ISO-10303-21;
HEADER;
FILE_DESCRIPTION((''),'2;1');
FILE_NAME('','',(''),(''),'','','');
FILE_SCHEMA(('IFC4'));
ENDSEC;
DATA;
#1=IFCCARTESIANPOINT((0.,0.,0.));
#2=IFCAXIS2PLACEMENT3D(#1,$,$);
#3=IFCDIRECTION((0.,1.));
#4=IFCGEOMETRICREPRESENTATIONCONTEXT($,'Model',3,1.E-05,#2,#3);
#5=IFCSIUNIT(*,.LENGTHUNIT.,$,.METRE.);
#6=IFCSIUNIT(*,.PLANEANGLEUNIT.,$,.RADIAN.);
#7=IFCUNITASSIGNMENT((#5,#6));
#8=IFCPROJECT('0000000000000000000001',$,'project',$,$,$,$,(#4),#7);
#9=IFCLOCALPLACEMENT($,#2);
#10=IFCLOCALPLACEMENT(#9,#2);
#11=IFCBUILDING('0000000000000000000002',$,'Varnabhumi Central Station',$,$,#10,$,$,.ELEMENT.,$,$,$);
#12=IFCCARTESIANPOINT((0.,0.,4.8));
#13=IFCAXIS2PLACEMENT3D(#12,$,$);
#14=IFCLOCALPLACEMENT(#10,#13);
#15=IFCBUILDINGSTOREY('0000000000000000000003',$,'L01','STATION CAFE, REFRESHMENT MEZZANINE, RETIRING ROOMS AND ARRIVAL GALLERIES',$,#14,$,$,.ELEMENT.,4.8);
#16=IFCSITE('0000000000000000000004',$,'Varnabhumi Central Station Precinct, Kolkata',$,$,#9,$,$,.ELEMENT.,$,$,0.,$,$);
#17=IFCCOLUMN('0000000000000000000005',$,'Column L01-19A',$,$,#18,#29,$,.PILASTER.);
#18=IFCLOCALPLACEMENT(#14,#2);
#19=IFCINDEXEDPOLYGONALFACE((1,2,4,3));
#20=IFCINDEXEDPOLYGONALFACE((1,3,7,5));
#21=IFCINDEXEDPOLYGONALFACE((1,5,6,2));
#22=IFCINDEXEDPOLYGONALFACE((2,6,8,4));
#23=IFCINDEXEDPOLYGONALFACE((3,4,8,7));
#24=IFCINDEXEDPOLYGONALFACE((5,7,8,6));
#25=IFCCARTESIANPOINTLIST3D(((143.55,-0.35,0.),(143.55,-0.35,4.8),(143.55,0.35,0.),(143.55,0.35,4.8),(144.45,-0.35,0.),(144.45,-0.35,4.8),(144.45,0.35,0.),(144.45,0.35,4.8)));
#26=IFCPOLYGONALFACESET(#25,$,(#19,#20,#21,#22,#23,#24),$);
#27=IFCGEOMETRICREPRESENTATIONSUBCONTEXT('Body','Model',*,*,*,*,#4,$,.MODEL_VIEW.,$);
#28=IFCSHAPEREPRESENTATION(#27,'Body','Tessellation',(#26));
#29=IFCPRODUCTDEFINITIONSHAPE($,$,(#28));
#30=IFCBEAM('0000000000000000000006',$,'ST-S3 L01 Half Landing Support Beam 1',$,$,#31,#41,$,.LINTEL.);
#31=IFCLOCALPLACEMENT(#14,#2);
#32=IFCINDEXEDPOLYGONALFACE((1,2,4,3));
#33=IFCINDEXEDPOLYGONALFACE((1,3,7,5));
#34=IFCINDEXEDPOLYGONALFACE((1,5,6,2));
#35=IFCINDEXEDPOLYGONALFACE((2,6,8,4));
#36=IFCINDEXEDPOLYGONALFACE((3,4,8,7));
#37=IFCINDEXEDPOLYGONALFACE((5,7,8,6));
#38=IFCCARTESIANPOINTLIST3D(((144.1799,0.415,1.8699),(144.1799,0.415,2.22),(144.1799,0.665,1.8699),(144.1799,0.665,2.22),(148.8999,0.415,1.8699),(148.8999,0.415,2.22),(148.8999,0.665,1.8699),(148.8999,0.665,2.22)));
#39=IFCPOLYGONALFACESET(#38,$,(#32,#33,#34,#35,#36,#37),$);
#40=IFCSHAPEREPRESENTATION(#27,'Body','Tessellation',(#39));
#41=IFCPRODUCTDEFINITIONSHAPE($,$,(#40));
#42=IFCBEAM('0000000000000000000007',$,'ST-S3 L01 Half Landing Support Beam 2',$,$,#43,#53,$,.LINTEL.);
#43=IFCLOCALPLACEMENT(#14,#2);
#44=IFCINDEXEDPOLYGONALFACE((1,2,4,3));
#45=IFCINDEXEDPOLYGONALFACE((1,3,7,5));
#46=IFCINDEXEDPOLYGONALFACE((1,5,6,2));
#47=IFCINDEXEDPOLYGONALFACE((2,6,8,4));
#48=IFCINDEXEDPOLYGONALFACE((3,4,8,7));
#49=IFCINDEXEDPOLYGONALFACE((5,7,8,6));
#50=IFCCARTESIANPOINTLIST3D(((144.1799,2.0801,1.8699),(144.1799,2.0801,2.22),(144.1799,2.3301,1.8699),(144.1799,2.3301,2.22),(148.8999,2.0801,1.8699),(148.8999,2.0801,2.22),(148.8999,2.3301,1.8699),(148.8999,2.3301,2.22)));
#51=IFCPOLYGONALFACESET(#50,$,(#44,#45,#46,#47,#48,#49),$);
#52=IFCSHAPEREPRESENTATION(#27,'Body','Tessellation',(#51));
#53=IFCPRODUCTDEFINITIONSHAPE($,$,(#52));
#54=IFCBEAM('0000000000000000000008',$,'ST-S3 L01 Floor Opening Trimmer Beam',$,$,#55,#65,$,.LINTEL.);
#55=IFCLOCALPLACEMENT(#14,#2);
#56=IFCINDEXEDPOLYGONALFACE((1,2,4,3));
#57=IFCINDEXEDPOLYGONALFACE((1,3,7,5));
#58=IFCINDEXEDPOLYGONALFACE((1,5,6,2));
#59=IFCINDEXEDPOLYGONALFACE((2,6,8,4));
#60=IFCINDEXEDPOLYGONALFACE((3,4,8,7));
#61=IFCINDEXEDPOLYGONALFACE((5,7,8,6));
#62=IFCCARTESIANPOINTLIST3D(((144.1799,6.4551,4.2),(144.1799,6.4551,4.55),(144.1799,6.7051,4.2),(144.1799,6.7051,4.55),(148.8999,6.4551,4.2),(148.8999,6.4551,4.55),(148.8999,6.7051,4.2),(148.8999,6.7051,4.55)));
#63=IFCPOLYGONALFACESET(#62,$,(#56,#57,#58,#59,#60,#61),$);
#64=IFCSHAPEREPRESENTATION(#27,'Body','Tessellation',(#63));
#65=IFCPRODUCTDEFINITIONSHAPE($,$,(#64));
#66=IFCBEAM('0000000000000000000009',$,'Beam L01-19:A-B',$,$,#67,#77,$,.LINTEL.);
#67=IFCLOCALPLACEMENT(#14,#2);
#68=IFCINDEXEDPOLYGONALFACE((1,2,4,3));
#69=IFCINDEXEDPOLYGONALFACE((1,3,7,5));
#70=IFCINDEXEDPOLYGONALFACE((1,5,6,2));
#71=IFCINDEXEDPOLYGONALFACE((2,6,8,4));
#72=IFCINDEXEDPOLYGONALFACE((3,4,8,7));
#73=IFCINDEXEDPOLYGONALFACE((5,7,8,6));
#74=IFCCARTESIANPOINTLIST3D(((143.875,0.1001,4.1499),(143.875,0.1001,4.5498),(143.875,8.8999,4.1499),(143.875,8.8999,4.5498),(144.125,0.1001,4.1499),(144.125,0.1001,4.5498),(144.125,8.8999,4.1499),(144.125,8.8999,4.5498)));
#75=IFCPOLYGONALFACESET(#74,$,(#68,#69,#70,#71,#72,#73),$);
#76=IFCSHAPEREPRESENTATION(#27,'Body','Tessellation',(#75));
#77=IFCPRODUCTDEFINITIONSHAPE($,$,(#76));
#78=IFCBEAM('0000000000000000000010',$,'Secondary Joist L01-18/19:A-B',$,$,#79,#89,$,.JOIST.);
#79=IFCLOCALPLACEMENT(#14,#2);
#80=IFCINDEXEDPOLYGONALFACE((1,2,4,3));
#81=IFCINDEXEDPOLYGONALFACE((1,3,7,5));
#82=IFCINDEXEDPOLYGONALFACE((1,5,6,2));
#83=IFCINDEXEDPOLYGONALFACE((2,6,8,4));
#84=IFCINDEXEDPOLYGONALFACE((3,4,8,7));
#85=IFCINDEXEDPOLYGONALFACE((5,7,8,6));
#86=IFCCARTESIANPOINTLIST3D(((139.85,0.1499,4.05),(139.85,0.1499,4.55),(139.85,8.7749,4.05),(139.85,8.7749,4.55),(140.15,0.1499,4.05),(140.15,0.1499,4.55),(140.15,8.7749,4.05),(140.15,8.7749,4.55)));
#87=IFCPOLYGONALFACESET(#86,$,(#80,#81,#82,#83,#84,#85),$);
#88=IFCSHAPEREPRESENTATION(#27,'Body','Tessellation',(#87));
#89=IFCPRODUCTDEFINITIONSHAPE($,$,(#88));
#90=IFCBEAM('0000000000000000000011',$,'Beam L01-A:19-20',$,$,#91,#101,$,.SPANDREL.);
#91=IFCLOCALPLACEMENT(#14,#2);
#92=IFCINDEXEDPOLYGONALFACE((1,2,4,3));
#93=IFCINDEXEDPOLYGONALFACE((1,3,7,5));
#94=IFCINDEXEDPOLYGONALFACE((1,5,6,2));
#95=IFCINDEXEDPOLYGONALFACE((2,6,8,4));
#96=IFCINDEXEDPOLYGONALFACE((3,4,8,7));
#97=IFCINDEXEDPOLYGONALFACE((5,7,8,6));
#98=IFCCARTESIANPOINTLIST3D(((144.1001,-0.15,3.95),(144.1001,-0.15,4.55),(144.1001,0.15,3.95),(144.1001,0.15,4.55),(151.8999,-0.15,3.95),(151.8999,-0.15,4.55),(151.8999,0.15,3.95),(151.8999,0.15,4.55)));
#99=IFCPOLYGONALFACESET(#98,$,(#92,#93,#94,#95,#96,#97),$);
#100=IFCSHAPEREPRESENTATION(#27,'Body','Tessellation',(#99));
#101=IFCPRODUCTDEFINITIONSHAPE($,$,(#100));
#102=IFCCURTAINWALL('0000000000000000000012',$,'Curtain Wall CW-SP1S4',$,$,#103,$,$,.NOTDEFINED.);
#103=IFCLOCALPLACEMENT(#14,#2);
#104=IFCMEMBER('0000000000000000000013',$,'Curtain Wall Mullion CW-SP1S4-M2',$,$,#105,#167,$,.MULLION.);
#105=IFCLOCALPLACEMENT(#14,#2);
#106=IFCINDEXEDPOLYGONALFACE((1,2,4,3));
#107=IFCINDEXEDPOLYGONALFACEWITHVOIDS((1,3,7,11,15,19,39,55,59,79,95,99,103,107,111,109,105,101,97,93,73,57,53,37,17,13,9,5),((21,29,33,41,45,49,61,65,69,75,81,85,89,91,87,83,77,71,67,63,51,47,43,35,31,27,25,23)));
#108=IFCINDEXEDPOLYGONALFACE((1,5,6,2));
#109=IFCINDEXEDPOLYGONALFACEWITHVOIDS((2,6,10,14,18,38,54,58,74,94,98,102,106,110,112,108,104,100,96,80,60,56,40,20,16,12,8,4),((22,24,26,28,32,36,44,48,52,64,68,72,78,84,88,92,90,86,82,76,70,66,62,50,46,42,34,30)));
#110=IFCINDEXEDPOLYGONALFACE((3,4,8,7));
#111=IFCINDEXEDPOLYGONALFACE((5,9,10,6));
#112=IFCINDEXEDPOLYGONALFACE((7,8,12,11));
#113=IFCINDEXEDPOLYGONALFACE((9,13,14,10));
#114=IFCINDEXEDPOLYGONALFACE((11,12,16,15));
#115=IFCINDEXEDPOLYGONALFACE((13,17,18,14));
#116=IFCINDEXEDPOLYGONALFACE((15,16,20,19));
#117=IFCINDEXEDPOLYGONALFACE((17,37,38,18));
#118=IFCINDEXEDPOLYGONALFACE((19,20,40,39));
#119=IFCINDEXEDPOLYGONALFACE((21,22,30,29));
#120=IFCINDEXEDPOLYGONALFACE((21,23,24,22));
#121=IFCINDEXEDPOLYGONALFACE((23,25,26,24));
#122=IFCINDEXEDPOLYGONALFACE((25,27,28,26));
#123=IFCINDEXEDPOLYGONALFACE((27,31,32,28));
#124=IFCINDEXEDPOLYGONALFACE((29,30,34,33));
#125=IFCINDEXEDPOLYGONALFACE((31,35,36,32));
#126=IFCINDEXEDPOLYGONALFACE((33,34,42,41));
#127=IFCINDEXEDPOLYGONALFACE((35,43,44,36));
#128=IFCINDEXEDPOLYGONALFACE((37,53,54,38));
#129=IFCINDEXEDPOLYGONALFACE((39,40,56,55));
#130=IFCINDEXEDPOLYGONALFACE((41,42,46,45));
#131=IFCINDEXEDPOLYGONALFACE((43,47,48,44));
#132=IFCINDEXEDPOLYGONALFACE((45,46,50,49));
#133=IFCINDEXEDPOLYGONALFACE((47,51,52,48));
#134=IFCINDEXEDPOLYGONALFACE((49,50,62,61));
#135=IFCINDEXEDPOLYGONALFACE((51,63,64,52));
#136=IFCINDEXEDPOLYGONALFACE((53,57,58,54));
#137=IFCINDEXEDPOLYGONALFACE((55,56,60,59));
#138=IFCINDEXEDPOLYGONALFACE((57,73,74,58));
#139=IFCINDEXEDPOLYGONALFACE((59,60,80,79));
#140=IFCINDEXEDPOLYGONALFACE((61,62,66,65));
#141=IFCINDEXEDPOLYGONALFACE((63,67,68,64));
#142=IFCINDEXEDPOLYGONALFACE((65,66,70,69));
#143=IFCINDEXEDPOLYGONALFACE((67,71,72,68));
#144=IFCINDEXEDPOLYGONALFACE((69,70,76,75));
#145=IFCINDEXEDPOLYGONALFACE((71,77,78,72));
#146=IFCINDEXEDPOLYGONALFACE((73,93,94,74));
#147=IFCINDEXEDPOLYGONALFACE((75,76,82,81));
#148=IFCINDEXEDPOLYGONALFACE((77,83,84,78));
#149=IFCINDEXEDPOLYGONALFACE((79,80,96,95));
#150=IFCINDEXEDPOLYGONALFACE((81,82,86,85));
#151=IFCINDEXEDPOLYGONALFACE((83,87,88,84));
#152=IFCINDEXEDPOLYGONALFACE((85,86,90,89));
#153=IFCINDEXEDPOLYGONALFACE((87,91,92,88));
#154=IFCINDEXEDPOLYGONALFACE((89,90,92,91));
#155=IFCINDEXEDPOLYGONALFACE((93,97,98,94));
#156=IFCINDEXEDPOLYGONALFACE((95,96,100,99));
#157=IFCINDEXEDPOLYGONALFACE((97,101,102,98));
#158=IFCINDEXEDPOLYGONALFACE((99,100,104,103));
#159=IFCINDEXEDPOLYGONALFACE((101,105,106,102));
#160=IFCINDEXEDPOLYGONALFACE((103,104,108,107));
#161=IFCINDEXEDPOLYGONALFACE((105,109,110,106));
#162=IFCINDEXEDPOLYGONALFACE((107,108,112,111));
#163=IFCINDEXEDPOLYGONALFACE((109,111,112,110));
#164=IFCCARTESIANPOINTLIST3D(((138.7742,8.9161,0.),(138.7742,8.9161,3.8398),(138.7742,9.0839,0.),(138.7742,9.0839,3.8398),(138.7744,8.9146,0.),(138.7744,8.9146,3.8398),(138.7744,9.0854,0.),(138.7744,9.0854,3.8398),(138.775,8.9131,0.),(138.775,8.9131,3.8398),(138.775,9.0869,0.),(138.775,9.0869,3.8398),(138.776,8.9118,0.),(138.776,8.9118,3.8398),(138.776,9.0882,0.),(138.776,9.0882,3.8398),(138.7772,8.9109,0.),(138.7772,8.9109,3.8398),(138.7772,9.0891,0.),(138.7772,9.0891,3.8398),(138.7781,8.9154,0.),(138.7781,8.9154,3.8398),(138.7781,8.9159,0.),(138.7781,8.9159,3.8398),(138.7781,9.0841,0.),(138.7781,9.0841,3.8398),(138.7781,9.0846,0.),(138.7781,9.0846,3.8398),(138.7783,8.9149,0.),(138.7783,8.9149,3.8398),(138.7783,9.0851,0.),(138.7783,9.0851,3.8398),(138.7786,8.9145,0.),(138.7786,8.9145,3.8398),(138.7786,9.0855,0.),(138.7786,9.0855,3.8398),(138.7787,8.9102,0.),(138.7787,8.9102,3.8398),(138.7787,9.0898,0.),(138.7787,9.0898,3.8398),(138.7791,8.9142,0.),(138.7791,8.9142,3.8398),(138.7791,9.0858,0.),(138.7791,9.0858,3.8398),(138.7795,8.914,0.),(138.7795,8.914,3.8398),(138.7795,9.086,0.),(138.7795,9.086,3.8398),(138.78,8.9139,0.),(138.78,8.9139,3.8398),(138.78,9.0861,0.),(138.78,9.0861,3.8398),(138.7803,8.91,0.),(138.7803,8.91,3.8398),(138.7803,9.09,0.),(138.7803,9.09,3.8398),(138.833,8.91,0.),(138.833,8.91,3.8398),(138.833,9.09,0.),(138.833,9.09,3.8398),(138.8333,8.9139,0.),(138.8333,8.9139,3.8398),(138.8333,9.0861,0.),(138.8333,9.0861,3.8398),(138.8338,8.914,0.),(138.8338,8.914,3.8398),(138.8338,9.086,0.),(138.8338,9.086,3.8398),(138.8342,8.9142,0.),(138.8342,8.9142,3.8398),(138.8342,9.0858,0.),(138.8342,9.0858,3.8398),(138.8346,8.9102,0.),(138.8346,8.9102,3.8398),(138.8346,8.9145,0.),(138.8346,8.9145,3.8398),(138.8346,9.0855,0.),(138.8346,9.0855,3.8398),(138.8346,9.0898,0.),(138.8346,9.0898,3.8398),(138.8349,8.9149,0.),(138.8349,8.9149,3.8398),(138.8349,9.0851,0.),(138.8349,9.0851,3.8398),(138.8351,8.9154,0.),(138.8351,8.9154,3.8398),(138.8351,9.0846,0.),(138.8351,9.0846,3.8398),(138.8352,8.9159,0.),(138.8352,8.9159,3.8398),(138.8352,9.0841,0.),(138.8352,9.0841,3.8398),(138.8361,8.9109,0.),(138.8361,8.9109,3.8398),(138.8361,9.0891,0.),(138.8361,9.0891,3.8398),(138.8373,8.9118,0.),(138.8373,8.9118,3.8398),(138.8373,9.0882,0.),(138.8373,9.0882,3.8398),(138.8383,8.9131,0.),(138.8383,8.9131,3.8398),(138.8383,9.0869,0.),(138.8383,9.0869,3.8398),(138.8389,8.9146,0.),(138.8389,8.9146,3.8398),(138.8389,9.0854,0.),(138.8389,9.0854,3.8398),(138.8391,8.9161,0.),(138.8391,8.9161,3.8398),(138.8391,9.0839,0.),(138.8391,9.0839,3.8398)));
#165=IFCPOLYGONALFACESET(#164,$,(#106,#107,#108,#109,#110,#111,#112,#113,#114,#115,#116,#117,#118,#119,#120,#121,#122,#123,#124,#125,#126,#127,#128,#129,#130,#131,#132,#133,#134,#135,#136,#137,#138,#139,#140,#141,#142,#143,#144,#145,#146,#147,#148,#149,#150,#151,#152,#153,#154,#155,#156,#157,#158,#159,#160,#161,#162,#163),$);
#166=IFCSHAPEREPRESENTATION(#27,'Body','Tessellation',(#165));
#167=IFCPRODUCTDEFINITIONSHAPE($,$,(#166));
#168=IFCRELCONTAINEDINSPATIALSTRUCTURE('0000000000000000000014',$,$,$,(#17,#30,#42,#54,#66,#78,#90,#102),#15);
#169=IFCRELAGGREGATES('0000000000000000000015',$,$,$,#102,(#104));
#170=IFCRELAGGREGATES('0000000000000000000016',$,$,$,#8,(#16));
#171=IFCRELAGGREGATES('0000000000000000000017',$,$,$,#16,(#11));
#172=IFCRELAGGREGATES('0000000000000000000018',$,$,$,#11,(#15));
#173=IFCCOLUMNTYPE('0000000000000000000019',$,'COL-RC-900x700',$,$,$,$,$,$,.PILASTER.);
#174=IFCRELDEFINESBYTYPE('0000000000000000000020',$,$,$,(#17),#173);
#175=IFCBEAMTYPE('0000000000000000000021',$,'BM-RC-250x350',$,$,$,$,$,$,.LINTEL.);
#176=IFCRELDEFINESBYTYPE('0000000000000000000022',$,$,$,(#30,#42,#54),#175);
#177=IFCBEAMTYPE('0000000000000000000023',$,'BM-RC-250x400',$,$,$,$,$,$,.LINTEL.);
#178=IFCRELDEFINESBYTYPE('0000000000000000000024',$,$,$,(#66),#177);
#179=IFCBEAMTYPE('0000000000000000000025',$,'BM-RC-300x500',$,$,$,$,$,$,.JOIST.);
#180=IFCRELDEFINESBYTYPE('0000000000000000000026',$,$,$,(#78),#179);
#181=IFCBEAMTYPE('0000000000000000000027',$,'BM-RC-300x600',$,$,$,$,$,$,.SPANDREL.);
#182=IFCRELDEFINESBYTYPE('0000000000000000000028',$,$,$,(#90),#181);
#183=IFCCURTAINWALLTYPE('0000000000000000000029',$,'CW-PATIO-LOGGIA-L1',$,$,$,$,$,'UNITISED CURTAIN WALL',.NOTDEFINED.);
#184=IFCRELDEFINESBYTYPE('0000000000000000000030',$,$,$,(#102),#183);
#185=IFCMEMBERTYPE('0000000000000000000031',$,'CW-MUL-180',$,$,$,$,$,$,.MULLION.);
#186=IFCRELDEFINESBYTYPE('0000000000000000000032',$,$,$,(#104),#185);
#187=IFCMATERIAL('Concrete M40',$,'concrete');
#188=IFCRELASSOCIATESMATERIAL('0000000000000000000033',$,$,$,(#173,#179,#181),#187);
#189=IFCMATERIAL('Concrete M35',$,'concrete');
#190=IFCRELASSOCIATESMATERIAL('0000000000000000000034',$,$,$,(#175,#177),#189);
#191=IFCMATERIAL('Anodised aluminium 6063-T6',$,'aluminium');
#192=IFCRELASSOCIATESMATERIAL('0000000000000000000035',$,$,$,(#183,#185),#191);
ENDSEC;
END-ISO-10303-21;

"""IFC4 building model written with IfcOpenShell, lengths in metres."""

from ifc_helpers import new_model, si_unit, direction, frame, origin, origin_2d, place, context, subcontext, project, spatial, rectangle, hollow_rectangle, extrude, material, material_profile, profile_set, type_object, element, aggregate, save


model = new_model("IFC4")

# Units and contexts
model_context = context("Model", 3, precision=1e-05, world=origin(), true_north=direction((0.0, 1.0)))
body_context = subcontext(model_context, "Body", "Model", "MODEL_VIEW")
ifc_project = project(units=[si_unit("LENGTHUNIT", "METRE"), si_unit("PLANEANGLEUNIT", "RADIAN")], contexts=[model_context])

# Site, building, storey
site_placement = place(None, origin())
site = spatial("IfcSite", under=ifc_project, at=site_placement, Name="Varnabhumi Central Station Precinct, Kolkata", CompositionType="ELEMENT", RefElevation=0.0)
building_placement = place(site_placement, origin())
building = spatial("IfcBuilding", under=site, at=building_placement, Name="Varnabhumi Central Station", CompositionType="ELEMENT")
storey_placement = place(building_placement, frame((0.0, 0.0, 4.8)))
storey = spatial("IfcBuildingStorey", under=building, at=storey_placement, Name="L01", Description="STATION CAFE, REFRESHMENT MEZZANINE, RETIRING ROOMS AND ARRIVAL GALLERIES", CompositionType="ELEMENT", Elevation=4.8)

# Column
ifc_material_1 = material(Name="Concrete M40", Category="concrete")
ifc_material_profile_1 = material_profile(ifc_material_1, rectangle(XDim=0.8999, YDim=0.7, at=origin_2d()), Name="Concrete M40", Category="concrete")
ifc_profile_set_1 = profile_set([ifc_material_profile_1], Name="Concrete M40")
column_type = type_object("IfcColumnType", Name="COL-RC-900x700", PredefinedType="PILASTER", material=ifc_profile_set_1)
column_placement = place(storey_placement, frame((144.0, 0.0, 0.0), z_axis=(0.0, 0.0, 1.0), x_axis=(1.0, 0.0, 0.0)))
element("IfcColumn", 1, at=column_placement, inside=storey, type_object=column_type, Name="Column L01-19A", PredefinedType="PILASTER", context=body_context, shape_type="SweptSolid", body=[
    extrude(rectangle(XDim=0.8999, YDim=0.7, at=origin_2d()), origin(), (0.0, 0.0, 1.0), 4.8),
])

# Beams
ifc_material_2 = material(Name="Concrete M35", Category="concrete")
ifc_material_profile_2 = material_profile(ifc_material_2, rectangle(XDim=0.25, YDim=0.3501, at=origin_2d()), Name="Concrete M35", Category="concrete")
ifc_profile_set_2 = profile_set([ifc_material_profile_2], Name="Concrete M35")
beam_type_1 = type_object("IfcBeamType", Name="BM-RC-250x350", PredefinedType="LINTEL", material=ifc_profile_set_2)
for number, where, z_axis, x_axis, name in (
    (2, (144.1799, 0.54, 2.0449), (1.0, 0.0, 0.0), (0.0, 1.0, 0.0), "ST-S3 L01 Half Landing Support Beam 1"),
    (3, (144.1799, 2.2051, 2.0449), (1.0, 0.0, 0.0), (0.0, 1.0, 0.0), "ST-S3 L01 Half Landing Support Beam 2"),
    (4, (144.1799, 6.5801, 4.375), (1.0, 0.0, 0.0), (0.0, 1.0, 0.0), "ST-S3 L01 Floor Opening Trimmer Beam"),
):
    element("IfcBeam", number, at=place(storey_placement, frame(where, z_axis=z_axis, x_axis=x_axis)), inside=storey, type_object=beam_type_1, Name=name, PredefinedType="LINTEL", context=body_context, shape_type="SweptSolid", body=[
        extrude(rectangle(XDim=0.25, YDim=0.3501, at=origin_2d()), origin(), (0.0, 0.0, 1.0), 4.72),
    ])
ifc_material_profile_3 = material_profile(ifc_material_2, rectangle(XDim=0.25, YDim=0.3999, at=origin_2d()), Name="Concrete M35", Category="concrete")
ifc_profile_set_3 = profile_set([ifc_material_profile_3], Name="Concrete M35")
beam_type_2 = type_object("IfcBeamType", Name="BM-RC-250x400", PredefinedType="LINTEL", material=ifc_profile_set_3)
beam_1_placement = place(storey_placement, frame((144.0, 0.1001, 4.3499), z_axis=(0.0, 1.0, 0.0), x_axis=(-1.0, 0.0, 0.0)))
element("IfcBeam", 5, at=beam_1_placement, inside=storey, type_object=beam_type_2, Name="Beam L01-19:A-B", PredefinedType="LINTEL", context=body_context, shape_type="SweptSolid", body=[
    extrude(rectangle(XDim=0.25, YDim=0.3999, at=origin_2d()), origin(), (0.0, 0.0, 1.0), 8.7998),
])
ifc_material_profile_4 = material_profile(ifc_material_1, rectangle(XDim=0.3, YDim=0.5, at=origin_2d()), Name="Concrete M40", Category="concrete")
ifc_profile_set_4 = profile_set([ifc_material_profile_4], Name="Concrete M40")
beam_type_3 = type_object("IfcBeamType", Name="BM-RC-300x500", PredefinedType="JOIST", material=ifc_profile_set_4)
beam_2_placement = place(storey_placement, frame((140.0, 0.1499, 4.3), z_axis=(0.0, 1.0, 0.0), x_axis=(-1.0, 0.0, 0.0)))
element("IfcBeam", 6, at=beam_2_placement, inside=storey, type_object=beam_type_3, Name="Secondary Joist L01-18/19:A-B", PredefinedType="JOIST", context=body_context, shape_type="SweptSolid", body=[
    extrude(rectangle(XDim=0.3, YDim=0.5, at=origin_2d()), origin(), (0.0, 0.0, 1.0), 8.625),
])
ifc_material_profile_5 = material_profile(ifc_material_1, rectangle(XDim=0.3, YDim=0.6001, at=origin_2d()), Name="Concrete M40", Category="concrete")
ifc_profile_set_5 = profile_set([ifc_material_profile_5], Name="Concrete M40")
beam_type_4 = type_object("IfcBeamType", Name="BM-RC-300x600", PredefinedType="SPANDREL", material=ifc_profile_set_5)
beam_3_placement = place(storey_placement, frame((144.1001, 0.0, 4.25), z_axis=(1.0, 0.0, 0.0), x_axis=(0.0, 1.0, 0.0)))
element("IfcBeam", 7, at=beam_3_placement, inside=storey, type_object=beam_type_4, Name="Beam L01-A:19-20", PredefinedType="SPANDREL", context=body_context, shape_type="SweptSolid", body=[
    extrude(rectangle(XDim=0.3, YDim=0.6001, at=origin_2d()), origin(), (0.0, 0.0, 1.0), 7.7998),
])

# Curtain wall, member
ifc_material_3 = material(Name="Anodised aluminium 6063-T6", Category="aluminium")
curtain_wall_type = type_object("IfcCurtainWallType", Name="CW-PATIO-LOGGIA-L1", ElementType="UNITISED CURTAIN WALL", PredefinedType="NOTDEFINED", material=ifc_material_3)
curtain_wall_placement = place(storey_placement, origin())
curtain_wall = element("IfcCurtainWall", 8, at=curtain_wall_placement, inside=storey, type_object=curtain_wall_type, Name="Curtain Wall CW-SP1S4", PredefinedType="NOTDEFINED")
ifc_material_profile_6 = material_profile(ifc_material_3, hollow_rectangle(XDim=0.0649, YDim=0.1799, WallThickness=0.0039, InnerFilletRadius=0.002, OuterFilletRadius=0.0061, at=origin_2d()), Name="Anodised aluminium 6063-T6", Category="aluminium")
ifc_profile_set_6 = profile_set([ifc_material_profile_6], Name="Anodised aluminium 6063-T6")
member_type_1 = type_object("IfcMemberType", Name="CW-MUL-180", PredefinedType="MULLION", material=ifc_profile_set_6)
member_1_placement = place(storey_placement, frame((138.8066, 9.0, 0.0), z_axis=(0.0, 0.0, 1.0), x_axis=(1.0, 0.0, 0.0)))
member_1 = element("IfcMember", 9, at=member_1_placement, type_object=member_type_1, Name="Curtain Wall Mullion CW-SP1S4-M2", PredefinedType="MULLION", context=body_context, shape_type="SweptSolid", body=[
    extrude(hollow_rectangle(XDim=0.0649, YDim=0.1799, WallThickness=0.0039, InnerFilletRadius=0.002, OuterFilletRadius=0.0061, at=origin_2d()), origin(), (0.0, 0.0, 1.0), 3.8398),
])
aggregate(curtain_wall, [member_1])

save(model, "model.ifc")
